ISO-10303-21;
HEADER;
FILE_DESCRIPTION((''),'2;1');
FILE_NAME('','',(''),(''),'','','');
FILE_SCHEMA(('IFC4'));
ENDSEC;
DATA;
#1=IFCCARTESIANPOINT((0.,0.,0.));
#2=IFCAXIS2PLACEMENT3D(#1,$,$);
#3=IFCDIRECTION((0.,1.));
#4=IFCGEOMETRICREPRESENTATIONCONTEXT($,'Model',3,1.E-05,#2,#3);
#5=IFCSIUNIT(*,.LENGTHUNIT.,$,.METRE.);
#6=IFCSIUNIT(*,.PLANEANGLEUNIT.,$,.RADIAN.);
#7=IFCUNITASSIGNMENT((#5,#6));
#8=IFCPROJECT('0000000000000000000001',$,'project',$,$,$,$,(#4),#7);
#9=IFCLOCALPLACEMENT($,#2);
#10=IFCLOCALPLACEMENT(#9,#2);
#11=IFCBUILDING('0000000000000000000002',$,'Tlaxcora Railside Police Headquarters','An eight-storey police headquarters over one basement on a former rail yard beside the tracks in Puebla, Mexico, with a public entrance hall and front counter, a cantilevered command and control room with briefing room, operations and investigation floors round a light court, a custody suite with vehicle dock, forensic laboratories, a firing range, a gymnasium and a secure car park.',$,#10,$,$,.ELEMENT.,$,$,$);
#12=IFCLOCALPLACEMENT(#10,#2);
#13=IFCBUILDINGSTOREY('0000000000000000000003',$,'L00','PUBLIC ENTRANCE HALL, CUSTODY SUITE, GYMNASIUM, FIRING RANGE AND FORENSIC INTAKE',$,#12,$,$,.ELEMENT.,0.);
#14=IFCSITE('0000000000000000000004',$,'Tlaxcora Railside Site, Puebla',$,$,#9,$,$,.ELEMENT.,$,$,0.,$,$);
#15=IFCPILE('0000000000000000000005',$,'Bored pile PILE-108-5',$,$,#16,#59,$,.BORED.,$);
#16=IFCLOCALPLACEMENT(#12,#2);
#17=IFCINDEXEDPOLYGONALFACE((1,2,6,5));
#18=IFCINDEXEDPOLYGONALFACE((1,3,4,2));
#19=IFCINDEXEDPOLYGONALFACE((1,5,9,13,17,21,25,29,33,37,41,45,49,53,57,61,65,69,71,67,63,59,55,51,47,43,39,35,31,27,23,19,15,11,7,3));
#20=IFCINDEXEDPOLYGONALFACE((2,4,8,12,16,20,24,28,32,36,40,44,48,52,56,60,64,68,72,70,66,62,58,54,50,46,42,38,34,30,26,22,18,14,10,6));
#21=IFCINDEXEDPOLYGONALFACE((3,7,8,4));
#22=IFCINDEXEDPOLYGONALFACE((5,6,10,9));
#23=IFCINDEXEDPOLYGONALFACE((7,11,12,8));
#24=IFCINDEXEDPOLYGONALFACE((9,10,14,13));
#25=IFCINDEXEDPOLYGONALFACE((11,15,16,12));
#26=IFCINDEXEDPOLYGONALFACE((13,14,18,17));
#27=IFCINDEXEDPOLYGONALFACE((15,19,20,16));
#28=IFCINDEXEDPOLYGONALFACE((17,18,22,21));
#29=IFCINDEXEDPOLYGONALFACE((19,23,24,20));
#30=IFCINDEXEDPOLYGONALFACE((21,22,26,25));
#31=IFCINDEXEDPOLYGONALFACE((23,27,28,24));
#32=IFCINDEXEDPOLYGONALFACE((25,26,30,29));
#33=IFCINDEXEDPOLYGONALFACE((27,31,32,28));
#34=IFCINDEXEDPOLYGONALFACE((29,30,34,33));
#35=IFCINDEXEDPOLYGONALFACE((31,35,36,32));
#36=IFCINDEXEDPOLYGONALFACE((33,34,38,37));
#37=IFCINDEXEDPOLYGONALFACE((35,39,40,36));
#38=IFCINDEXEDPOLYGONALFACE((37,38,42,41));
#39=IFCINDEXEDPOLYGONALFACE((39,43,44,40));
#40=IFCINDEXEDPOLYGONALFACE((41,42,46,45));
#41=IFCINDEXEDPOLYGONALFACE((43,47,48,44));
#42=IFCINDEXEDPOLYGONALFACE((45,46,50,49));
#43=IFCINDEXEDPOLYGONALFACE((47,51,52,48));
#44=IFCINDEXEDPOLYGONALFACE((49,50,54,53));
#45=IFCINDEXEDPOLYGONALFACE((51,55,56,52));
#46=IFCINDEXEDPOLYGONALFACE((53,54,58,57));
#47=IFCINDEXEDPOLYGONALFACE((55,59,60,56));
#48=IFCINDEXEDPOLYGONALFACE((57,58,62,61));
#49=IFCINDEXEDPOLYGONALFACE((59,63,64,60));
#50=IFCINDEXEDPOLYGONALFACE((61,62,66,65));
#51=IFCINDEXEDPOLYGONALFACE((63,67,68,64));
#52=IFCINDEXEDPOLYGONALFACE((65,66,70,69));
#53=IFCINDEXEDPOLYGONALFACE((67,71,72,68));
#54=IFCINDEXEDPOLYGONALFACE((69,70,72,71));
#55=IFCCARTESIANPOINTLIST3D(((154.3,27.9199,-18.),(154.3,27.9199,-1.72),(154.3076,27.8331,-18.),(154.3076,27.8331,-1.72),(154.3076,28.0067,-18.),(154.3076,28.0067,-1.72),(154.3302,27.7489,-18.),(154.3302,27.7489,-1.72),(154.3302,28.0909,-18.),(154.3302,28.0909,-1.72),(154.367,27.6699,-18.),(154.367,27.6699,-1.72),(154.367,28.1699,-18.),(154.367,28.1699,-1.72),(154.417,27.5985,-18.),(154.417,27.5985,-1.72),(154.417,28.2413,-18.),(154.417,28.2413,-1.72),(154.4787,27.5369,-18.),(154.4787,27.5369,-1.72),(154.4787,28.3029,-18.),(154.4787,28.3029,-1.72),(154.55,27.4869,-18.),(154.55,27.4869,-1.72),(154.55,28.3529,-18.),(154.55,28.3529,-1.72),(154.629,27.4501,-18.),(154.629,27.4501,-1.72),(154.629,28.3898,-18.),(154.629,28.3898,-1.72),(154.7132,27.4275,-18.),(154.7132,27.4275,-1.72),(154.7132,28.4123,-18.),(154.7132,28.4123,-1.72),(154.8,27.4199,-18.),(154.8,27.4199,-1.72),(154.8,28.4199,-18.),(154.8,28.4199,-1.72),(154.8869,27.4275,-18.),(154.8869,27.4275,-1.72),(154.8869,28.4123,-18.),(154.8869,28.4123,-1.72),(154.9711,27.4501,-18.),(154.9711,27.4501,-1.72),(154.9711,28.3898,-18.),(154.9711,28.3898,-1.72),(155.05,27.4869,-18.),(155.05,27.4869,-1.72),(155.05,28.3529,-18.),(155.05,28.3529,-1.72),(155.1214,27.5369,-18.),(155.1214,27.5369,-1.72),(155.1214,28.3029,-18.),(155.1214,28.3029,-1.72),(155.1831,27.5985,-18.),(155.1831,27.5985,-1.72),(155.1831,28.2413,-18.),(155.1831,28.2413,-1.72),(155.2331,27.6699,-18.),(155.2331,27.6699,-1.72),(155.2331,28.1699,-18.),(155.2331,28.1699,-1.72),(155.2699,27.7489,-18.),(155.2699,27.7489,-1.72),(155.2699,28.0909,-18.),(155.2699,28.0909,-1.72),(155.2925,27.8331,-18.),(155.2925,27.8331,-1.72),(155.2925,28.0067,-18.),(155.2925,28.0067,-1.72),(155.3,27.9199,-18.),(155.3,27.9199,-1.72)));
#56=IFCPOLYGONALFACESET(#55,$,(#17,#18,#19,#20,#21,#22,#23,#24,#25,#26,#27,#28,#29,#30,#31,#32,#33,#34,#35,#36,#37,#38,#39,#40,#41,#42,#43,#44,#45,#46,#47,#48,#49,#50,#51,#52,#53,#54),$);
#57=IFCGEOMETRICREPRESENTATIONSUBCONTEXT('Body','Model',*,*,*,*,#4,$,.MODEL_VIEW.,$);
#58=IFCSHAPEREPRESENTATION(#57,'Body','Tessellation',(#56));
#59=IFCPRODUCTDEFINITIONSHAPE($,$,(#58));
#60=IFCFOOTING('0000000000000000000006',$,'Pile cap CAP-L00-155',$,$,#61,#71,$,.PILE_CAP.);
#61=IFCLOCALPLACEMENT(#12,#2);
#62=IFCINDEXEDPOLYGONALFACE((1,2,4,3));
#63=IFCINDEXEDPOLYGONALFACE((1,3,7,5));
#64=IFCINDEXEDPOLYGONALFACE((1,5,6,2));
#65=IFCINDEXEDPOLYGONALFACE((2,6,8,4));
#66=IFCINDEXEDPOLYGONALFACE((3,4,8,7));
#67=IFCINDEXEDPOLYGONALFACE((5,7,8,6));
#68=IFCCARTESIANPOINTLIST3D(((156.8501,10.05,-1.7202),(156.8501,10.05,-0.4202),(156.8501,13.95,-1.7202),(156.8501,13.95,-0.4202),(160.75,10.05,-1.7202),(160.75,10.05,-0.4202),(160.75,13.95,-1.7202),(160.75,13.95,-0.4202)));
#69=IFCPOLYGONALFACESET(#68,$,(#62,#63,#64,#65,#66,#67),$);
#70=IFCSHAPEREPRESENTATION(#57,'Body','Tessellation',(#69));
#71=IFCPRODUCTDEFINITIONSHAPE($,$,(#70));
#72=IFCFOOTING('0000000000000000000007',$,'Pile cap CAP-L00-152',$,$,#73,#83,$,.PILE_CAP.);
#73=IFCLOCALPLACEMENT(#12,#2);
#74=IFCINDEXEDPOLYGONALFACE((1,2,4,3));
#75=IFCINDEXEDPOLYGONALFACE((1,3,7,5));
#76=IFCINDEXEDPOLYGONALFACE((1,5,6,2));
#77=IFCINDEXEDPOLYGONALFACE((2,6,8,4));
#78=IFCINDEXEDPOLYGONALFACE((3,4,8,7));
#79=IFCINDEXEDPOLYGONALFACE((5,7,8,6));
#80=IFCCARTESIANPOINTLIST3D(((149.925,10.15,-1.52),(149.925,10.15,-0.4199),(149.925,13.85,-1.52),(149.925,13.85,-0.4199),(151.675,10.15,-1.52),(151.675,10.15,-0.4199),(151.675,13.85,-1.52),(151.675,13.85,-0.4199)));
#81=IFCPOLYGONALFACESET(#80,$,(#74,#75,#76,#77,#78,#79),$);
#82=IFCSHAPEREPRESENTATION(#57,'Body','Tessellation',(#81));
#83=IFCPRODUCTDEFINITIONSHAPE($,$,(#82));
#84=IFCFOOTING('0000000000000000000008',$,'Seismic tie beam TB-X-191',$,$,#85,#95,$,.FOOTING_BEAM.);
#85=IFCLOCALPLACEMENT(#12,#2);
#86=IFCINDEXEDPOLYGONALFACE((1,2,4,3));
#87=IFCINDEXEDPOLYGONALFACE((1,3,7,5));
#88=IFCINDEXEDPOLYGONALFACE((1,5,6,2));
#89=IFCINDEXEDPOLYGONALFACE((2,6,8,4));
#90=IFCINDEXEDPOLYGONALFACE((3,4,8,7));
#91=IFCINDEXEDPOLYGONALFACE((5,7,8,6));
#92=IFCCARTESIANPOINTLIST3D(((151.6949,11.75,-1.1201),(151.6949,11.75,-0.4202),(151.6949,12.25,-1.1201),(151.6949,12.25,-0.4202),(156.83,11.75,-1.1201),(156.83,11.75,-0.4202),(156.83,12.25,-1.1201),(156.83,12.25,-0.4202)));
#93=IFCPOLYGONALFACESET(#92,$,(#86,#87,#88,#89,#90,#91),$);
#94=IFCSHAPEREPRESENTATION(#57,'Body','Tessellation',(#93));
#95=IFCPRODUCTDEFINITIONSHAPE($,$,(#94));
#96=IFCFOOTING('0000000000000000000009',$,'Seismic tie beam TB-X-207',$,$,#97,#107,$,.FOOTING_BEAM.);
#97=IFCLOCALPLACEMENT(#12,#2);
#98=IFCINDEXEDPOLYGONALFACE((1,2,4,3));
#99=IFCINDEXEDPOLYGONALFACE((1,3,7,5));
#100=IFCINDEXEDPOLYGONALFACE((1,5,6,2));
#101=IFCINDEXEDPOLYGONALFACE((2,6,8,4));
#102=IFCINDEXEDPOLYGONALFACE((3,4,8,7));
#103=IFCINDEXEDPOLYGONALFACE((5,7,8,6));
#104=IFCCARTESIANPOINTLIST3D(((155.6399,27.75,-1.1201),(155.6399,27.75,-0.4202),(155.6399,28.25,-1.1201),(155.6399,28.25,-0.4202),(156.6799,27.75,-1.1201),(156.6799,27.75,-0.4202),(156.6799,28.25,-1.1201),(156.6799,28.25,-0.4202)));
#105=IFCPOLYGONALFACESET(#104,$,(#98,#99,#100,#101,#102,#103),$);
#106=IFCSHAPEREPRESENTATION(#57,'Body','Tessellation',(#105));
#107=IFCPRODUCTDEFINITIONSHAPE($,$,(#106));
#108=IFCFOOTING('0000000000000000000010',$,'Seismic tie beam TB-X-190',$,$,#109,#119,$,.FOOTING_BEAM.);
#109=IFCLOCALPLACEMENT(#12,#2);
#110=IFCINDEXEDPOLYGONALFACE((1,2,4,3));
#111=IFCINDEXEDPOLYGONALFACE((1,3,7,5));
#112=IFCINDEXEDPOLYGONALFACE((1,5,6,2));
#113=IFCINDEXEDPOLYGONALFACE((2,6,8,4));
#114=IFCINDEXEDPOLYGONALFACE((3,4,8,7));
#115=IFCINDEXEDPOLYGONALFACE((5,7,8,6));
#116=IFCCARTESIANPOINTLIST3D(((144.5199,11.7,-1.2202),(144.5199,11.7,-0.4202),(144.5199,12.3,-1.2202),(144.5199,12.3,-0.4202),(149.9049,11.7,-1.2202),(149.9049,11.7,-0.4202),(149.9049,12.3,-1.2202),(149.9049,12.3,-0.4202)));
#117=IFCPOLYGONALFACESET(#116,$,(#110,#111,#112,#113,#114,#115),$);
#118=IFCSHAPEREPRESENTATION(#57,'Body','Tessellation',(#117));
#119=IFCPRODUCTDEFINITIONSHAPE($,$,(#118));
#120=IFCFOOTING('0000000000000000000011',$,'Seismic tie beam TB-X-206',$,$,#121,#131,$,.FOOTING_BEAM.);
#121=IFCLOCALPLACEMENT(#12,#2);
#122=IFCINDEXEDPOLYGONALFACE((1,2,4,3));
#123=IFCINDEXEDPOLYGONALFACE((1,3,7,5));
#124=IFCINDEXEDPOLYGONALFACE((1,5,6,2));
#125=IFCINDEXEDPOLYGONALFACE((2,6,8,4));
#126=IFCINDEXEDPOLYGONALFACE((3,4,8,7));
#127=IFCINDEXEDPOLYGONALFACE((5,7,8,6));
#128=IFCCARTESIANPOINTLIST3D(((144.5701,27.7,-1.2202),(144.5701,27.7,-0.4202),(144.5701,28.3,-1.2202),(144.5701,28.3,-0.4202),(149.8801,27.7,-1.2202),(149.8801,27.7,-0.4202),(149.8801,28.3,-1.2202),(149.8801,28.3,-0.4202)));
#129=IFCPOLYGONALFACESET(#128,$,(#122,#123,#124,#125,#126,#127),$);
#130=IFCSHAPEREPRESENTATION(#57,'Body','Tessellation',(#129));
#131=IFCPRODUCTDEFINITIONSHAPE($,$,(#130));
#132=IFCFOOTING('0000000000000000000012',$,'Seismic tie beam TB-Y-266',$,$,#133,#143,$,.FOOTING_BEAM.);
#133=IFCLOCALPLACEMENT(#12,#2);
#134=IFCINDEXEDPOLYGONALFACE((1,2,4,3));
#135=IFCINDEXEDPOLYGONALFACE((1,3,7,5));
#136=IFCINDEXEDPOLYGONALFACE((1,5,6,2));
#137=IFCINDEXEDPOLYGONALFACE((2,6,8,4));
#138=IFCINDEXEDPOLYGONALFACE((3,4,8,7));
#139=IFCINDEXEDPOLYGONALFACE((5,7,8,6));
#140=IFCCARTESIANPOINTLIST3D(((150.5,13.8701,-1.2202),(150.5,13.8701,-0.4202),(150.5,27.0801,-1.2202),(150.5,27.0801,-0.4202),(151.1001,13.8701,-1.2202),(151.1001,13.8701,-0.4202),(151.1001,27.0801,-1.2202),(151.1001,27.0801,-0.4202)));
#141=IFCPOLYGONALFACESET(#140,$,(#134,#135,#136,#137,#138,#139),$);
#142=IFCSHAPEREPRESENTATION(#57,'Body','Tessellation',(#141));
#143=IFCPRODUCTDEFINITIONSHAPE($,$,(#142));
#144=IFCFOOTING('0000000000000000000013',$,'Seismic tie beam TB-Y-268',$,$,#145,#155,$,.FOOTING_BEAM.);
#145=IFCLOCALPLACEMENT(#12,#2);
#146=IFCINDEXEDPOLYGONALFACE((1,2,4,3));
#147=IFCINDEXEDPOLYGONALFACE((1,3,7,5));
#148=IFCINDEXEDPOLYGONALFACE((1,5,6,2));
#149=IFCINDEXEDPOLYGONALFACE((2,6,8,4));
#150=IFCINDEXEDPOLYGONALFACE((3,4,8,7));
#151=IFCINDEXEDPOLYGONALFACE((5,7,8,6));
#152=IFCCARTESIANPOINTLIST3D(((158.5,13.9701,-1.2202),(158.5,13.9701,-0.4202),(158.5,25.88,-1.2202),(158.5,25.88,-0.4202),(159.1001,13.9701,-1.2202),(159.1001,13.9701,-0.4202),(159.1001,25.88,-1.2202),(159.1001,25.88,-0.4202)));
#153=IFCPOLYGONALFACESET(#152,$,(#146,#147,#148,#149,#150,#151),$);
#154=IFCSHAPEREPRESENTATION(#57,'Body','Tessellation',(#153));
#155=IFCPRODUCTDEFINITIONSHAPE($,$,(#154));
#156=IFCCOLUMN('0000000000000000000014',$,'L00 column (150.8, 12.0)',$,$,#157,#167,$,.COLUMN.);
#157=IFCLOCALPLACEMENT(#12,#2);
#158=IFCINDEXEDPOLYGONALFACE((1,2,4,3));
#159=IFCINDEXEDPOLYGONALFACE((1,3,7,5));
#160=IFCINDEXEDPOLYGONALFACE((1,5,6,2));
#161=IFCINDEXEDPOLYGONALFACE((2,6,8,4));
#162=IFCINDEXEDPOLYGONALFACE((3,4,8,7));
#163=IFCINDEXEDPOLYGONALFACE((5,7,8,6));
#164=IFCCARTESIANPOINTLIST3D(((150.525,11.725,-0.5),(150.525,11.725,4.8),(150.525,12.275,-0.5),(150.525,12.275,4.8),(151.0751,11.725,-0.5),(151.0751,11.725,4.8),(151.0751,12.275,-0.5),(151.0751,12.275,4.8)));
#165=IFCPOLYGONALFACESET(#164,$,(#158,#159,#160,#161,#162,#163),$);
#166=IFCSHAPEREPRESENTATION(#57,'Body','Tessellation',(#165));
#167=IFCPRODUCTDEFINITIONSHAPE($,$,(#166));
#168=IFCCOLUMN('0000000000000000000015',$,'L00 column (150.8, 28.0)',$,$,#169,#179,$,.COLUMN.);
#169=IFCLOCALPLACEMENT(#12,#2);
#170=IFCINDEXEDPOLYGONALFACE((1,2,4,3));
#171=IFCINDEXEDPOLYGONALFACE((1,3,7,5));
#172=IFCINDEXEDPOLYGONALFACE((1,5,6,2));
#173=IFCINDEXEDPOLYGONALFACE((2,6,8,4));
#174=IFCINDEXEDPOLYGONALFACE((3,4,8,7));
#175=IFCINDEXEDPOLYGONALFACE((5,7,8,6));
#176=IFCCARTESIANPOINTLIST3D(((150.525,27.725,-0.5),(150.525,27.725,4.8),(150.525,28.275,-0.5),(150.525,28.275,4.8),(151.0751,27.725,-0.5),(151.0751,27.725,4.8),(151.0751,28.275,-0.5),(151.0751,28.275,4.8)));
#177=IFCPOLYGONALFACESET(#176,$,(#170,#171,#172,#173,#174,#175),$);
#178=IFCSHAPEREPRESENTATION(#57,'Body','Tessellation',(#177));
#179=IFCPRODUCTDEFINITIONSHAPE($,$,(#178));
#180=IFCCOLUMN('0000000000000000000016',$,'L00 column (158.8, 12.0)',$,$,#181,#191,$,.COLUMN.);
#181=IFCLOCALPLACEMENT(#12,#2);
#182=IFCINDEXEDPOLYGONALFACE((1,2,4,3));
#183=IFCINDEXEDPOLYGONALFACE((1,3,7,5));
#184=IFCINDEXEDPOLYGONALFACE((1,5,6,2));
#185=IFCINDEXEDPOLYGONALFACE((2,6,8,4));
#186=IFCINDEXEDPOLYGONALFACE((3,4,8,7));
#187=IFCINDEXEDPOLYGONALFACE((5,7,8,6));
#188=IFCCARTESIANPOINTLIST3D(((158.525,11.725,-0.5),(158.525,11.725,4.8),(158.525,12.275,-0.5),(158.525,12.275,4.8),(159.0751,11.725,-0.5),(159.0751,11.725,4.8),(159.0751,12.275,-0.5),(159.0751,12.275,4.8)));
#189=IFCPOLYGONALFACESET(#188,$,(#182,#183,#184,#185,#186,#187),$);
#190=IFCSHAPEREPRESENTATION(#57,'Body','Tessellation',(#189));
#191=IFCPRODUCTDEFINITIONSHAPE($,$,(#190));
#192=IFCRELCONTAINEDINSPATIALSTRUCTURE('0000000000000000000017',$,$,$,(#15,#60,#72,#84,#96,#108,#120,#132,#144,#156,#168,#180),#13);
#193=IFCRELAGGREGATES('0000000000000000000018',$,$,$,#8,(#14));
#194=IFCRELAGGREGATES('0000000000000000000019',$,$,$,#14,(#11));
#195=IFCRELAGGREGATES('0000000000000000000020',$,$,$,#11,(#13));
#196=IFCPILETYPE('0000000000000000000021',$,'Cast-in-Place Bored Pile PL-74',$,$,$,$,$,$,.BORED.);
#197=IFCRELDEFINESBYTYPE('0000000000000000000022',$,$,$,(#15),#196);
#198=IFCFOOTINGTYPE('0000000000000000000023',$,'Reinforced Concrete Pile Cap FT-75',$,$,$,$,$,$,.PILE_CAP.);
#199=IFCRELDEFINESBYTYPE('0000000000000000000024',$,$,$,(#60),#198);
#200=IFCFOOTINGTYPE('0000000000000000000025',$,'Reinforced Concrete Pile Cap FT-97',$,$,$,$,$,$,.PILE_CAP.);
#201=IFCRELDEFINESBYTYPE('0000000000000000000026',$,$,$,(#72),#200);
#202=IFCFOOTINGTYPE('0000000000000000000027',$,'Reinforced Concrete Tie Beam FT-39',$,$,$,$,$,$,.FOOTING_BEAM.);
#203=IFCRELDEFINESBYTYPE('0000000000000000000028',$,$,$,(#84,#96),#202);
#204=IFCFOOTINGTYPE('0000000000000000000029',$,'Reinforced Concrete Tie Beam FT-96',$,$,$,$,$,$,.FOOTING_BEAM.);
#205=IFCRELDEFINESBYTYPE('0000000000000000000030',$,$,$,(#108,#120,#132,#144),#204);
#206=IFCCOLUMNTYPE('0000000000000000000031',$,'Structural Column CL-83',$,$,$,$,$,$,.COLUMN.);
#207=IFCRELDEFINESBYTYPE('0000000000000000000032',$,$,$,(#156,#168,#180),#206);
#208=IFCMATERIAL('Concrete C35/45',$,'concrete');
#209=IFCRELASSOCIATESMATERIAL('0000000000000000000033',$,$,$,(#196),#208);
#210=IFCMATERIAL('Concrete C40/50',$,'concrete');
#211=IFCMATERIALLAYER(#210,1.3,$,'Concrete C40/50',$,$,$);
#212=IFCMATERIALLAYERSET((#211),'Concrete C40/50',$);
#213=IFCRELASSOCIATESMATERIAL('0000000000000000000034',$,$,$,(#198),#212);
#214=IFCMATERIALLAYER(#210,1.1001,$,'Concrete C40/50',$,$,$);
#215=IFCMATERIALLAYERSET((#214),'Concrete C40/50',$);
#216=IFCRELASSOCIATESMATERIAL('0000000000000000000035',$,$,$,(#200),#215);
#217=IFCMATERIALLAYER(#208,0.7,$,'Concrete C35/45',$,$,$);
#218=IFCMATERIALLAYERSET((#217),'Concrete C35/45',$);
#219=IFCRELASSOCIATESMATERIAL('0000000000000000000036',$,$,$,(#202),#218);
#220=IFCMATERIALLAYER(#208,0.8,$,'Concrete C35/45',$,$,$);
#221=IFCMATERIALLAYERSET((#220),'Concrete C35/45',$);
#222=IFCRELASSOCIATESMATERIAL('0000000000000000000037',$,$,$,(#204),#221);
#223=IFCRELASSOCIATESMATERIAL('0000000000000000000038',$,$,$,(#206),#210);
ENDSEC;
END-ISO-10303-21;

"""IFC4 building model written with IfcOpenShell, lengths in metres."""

from ifc_helpers import new_model, si_unit, direction, frame, origin, origin_2d, place, context, subcontext, project, spatial, rectangle, circle, extrude, material, layer, layer_set, material_profile, profile_set, type_object, element, save


model = new_model("IFC4")

# Units and contexts
model_context = context("Model", 3, precision=1e-05, world=origin(), true_north=direction((0.0, 1.0)))
body_context = subcontext(model_context, "Body", "Model", "MODEL_VIEW")
ifc_project = project(units=[si_unit("LENGTHUNIT", "METRE"), si_unit("PLANEANGLEUNIT", "RADIAN")], contexts=[model_context])

# Site, building, storey
site_placement = place(None, origin())
site = spatial("IfcSite", under=ifc_project, at=site_placement, Name="Tlaxcora Railside Site, Puebla", CompositionType="ELEMENT", RefElevation=0.0)
building_placement = place(site_placement, origin())
building = spatial("IfcBuilding", under=site, at=building_placement, Name="Tlaxcora Railside Police Headquarters", Description="An eight-storey police headquarters over one basement on a former rail yard beside the tracks in Puebla, Mexico, with a public entrance hall and front counter, a cantilevered command and control room with briefing room, operations and investigation floors round a light court, a custody suite with vehicle dock, forensic laboratories, a firing range, a gymnasium and a secure car park.", CompositionType="ELEMENT")
storey_placement = place(building_placement, origin())
storey = spatial("IfcBuildingStorey", under=building, at=storey_placement, Name="L00", Description="PUBLIC ENTRANCE HALL, CUSTODY SUITE, GYMNASIUM, FIRING RANGE AND FORENSIC INTAKE", CompositionType="ELEMENT", Elevation=0.0)

# Pile
ifc_material_1 = material(Name="Concrete C35/45", Category="concrete")
ifc_material_profile_1 = material_profile(ifc_material_1, circle(Radius=0.5, at=origin_2d()), Name="PILE1000")
ifc_profile_set_1 = profile_set([ifc_material_profile_1], Name="Concrete C35/45")
pile_type_1 = type_object("IfcPileType", Name="Cast-in-Place Bored Pile PL-74", PredefinedType="BORED", material=ifc_profile_set_1)
for number, where, z_axis, x_axis, name in (
    (1, (154.8, 27.9199, -1.72), (0.0, 0.0, -1.0), (1.0, 0.0, 0.0), "Bored pile PILE-108-5"),
):
    element("IfcPile", number, at=place(storey_placement, frame(where, z_axis=z_axis, x_axis=x_axis)), inside=storey, type_object=pile_type_1, Name=name, PredefinedType="BORED", context=body_context, shape_type="SweptSolid", body=[
        extrude(circle(Radius=0.5, at=origin_2d()), origin(), (0.0, 0.0, 1.0), 16.28),
    ])

# Footings
ifc_material_2 = material(Name="Concrete C40/50", Category="concrete")
ifc_layer_1 = layer(ifc_material_2, 1.3, Name="Concrete C40/50")
ifc_layer_set_1 = layer_set([ifc_layer_1], Name="Concrete C40/50")
footing_type_1 = type_object("IfcFootingType", Name="Reinforced Concrete Pile Cap FT-75", PredefinedType="PILE_CAP", material=ifc_layer_set_1)
footing_1_placement = place(storey_placement, frame((158.8, 12.0, -1.7202), z_axis=(0.0, 0.0, 1.0), x_axis=(1.0, 0.0, 0.0)))
element("IfcFooting", 2, at=footing_1_placement, inside=storey, type_object=footing_type_1, Name="Pile cap CAP-L00-155", PredefinedType="PILE_CAP", context=body_context, shape_type="SweptSolid", body=[
    extrude(rectangle(XDim=3.8999, YDim=3.8999, at=origin_2d()), origin(), (0.0, 0.0, 1.0), 1.3),
])
ifc_layer_2 = layer(ifc_material_2, 1.1001, Name="Concrete C40/50")
ifc_layer_set_2 = layer_set([ifc_layer_2], Name="Concrete C40/50")
footing_type_2 = type_object("IfcFootingType", Name="Reinforced Concrete Pile Cap FT-97", PredefinedType="PILE_CAP", material=ifc_layer_set_2)
footing_2_placement = place(storey_placement, frame((150.8, 12.0, -1.52), z_axis=(0.0, 0.0, 1.0), x_axis=(1.0, 0.0, 0.0)))
element("IfcFooting", 3, at=footing_2_placement, inside=storey, type_object=footing_type_2, Name="Pile cap CAP-L00-152", PredefinedType="PILE_CAP", context=body_context, shape_type="SweptSolid", body=[
    extrude(rectangle(XDim=1.75, YDim=3.7, at=origin_2d()), origin(), (0.0, 0.0, 1.0), 1.1001),
])
ifc_layer_3 = layer(ifc_material_1, 0.7, Name="Concrete C35/45")
ifc_layer_set_3 = layer_set([ifc_layer_3], Name="Concrete C35/45")
footing_type_3 = type_object("IfcFootingType", Name="Reinforced Concrete Tie Beam FT-39", PredefinedType="FOOTING_BEAM", material=ifc_layer_set_3)
footing_3_placement = place(storey_placement, frame((154.2625, 12.0, -1.1201), z_axis=(0.0, 0.0, 1.0), x_axis=(1.0, 0.0, 0.0)))
element("IfcFooting", 4, at=footing_3_placement, inside=storey, type_object=footing_type_3, Name="Seismic tie beam TB-X-191", PredefinedType="FOOTING_BEAM", context=body_context, shape_type="SweptSolid", body=[
    extrude(rectangle(XDim=5.135, YDim=0.5, at=origin_2d()), origin(), (0.0, 0.0, 1.0), 0.7),
])
footing_4_placement = place(storey_placement, frame((156.1599, 28.0, -1.1201), z_axis=(0.0, 0.0, 1.0), x_axis=(1.0, 0.0, 0.0)))
element("IfcFooting", 5, at=footing_4_placement, inside=storey, type_object=footing_type_3, Name="Seismic tie beam TB-X-207", PredefinedType="FOOTING_BEAM", context=body_context, shape_type="SweptSolid", body=[
    extrude(rectangle(XDim=1.04, YDim=0.5, at=origin_2d()), origin(), (0.0, 0.0, 1.0), 0.7),
])
ifc_layer_4 = layer(ifc_material_1, 0.8, Name="Concrete C35/45")
ifc_layer_set_4 = layer_set([ifc_layer_4], Name="Concrete C35/45")
footing_type_4 = type_object("IfcFootingType", Name="Reinforced Concrete Tie Beam FT-96", PredefinedType="FOOTING_BEAM", material=ifc_layer_set_4)
footing_5_placement = place(storey_placement, frame((147.2124, 12.0, -1.2202), z_axis=(0.0, 0.0, 1.0), x_axis=(1.0, 0.0, 0.0)))
element("IfcFooting", 6, at=footing_5_placement, inside=storey, type_object=footing_type_4, Name="Seismic tie beam TB-X-190", PredefinedType="FOOTING_BEAM", context=body_context, shape_type="SweptSolid", body=[
    extrude(rectangle(XDim=5.385, YDim=0.6001, at=origin_2d()), origin(), (0.0, 0.0, 1.0), 0.8),
])
footing_6_placement = place(storey_placement, frame((147.2251, 28.0, -1.2202), z_axis=(0.0, 0.0, 1.0), x_axis=(1.0, 0.0, 0.0)))
element("IfcFooting", 7, at=footing_6_placement, inside=storey, type_object=footing_type_4, Name="Seismic tie beam TB-X-206", PredefinedType="FOOTING_BEAM", context=body_context, shape_type="SweptSolid", body=[
    extrude(rectangle(XDim=5.3101, YDim=0.6001, at=origin_2d()), origin(), (0.0, 0.0, 1.0), 0.8),
])
footing_7_placement = place(storey_placement, frame((150.8, 20.4751, -1.2202), z_axis=(0.0, 0.0, 1.0), x_axis=(0.0, 1.0, 0.0)))
element("IfcFooting", 8, at=footing_7_placement, inside=storey, type_object=footing_type_4, Name="Seismic tie beam TB-Y-266", PredefinedType="FOOTING_BEAM", context=body_context, shape_type="SweptSolid", body=[
    extrude(rectangle(XDim=13.21, YDim=0.6001, at=origin_2d()), origin(), (0.0, 0.0, 1.0), 0.8),
])
footing_8_placement = place(storey_placement, frame((158.8, 19.925, -1.2202), z_axis=(0.0, 0.0, 1.0), x_axis=(0.0, 1.0, 0.0)))
element("IfcFooting", 9, at=footing_8_placement, inside=storey, type_object=footing_type_4, Name="Seismic tie beam TB-Y-268", PredefinedType="FOOTING_BEAM", context=body_context, shape_type="SweptSolid", body=[
    extrude(rectangle(XDim=11.9099, YDim=0.6001, at=origin_2d()), origin(), (0.0, 0.0, 1.0), 0.8),
])

# Columns
ifc_material_profile_2 = material_profile(ifc_material_2, rectangle(XDim=0.55, YDim=0.55, at=origin_2d()), Name="RC550X550")
ifc_profile_set_2 = profile_set([ifc_material_profile_2], Name="Concrete C40/50")
column_type = type_object("IfcColumnType", Name="Structural Column CL-83", PredefinedType="COLUMN", material=ifc_profile_set_2)
for number, where, z_axis, x_axis, name in (
    (10, (150.8, 12.0, -0.5), (0.0, 0.0, 1.0), (1.0, 0.0, 0.0), "L00 column (150.8, 12.0)"),
    (11, (150.8, 28.0, -0.5), (0.0, 0.0, 1.0), (1.0, 0.0, 0.0), "L00 column (150.8, 28.0)"),
    (12, (158.8, 12.0, -0.5), (0.0, 0.0, 1.0), (1.0, 0.0, 0.0), "L00 column (158.8, 12.0)"),
):
    element("IfcColumn", number, at=place(storey_placement, frame(where, z_axis=z_axis, x_axis=x_axis)), inside=storey, type_object=column_type, Name=name, PredefinedType="COLUMN", context=body_context, shape_type="SweptSolid", body=[
        extrude(rectangle(XDim=0.55, YDim=0.55, at=origin_2d()), origin(), (0.0, 0.0, 1.0), 5.3),
    ])

save(model, "model.ifc")
